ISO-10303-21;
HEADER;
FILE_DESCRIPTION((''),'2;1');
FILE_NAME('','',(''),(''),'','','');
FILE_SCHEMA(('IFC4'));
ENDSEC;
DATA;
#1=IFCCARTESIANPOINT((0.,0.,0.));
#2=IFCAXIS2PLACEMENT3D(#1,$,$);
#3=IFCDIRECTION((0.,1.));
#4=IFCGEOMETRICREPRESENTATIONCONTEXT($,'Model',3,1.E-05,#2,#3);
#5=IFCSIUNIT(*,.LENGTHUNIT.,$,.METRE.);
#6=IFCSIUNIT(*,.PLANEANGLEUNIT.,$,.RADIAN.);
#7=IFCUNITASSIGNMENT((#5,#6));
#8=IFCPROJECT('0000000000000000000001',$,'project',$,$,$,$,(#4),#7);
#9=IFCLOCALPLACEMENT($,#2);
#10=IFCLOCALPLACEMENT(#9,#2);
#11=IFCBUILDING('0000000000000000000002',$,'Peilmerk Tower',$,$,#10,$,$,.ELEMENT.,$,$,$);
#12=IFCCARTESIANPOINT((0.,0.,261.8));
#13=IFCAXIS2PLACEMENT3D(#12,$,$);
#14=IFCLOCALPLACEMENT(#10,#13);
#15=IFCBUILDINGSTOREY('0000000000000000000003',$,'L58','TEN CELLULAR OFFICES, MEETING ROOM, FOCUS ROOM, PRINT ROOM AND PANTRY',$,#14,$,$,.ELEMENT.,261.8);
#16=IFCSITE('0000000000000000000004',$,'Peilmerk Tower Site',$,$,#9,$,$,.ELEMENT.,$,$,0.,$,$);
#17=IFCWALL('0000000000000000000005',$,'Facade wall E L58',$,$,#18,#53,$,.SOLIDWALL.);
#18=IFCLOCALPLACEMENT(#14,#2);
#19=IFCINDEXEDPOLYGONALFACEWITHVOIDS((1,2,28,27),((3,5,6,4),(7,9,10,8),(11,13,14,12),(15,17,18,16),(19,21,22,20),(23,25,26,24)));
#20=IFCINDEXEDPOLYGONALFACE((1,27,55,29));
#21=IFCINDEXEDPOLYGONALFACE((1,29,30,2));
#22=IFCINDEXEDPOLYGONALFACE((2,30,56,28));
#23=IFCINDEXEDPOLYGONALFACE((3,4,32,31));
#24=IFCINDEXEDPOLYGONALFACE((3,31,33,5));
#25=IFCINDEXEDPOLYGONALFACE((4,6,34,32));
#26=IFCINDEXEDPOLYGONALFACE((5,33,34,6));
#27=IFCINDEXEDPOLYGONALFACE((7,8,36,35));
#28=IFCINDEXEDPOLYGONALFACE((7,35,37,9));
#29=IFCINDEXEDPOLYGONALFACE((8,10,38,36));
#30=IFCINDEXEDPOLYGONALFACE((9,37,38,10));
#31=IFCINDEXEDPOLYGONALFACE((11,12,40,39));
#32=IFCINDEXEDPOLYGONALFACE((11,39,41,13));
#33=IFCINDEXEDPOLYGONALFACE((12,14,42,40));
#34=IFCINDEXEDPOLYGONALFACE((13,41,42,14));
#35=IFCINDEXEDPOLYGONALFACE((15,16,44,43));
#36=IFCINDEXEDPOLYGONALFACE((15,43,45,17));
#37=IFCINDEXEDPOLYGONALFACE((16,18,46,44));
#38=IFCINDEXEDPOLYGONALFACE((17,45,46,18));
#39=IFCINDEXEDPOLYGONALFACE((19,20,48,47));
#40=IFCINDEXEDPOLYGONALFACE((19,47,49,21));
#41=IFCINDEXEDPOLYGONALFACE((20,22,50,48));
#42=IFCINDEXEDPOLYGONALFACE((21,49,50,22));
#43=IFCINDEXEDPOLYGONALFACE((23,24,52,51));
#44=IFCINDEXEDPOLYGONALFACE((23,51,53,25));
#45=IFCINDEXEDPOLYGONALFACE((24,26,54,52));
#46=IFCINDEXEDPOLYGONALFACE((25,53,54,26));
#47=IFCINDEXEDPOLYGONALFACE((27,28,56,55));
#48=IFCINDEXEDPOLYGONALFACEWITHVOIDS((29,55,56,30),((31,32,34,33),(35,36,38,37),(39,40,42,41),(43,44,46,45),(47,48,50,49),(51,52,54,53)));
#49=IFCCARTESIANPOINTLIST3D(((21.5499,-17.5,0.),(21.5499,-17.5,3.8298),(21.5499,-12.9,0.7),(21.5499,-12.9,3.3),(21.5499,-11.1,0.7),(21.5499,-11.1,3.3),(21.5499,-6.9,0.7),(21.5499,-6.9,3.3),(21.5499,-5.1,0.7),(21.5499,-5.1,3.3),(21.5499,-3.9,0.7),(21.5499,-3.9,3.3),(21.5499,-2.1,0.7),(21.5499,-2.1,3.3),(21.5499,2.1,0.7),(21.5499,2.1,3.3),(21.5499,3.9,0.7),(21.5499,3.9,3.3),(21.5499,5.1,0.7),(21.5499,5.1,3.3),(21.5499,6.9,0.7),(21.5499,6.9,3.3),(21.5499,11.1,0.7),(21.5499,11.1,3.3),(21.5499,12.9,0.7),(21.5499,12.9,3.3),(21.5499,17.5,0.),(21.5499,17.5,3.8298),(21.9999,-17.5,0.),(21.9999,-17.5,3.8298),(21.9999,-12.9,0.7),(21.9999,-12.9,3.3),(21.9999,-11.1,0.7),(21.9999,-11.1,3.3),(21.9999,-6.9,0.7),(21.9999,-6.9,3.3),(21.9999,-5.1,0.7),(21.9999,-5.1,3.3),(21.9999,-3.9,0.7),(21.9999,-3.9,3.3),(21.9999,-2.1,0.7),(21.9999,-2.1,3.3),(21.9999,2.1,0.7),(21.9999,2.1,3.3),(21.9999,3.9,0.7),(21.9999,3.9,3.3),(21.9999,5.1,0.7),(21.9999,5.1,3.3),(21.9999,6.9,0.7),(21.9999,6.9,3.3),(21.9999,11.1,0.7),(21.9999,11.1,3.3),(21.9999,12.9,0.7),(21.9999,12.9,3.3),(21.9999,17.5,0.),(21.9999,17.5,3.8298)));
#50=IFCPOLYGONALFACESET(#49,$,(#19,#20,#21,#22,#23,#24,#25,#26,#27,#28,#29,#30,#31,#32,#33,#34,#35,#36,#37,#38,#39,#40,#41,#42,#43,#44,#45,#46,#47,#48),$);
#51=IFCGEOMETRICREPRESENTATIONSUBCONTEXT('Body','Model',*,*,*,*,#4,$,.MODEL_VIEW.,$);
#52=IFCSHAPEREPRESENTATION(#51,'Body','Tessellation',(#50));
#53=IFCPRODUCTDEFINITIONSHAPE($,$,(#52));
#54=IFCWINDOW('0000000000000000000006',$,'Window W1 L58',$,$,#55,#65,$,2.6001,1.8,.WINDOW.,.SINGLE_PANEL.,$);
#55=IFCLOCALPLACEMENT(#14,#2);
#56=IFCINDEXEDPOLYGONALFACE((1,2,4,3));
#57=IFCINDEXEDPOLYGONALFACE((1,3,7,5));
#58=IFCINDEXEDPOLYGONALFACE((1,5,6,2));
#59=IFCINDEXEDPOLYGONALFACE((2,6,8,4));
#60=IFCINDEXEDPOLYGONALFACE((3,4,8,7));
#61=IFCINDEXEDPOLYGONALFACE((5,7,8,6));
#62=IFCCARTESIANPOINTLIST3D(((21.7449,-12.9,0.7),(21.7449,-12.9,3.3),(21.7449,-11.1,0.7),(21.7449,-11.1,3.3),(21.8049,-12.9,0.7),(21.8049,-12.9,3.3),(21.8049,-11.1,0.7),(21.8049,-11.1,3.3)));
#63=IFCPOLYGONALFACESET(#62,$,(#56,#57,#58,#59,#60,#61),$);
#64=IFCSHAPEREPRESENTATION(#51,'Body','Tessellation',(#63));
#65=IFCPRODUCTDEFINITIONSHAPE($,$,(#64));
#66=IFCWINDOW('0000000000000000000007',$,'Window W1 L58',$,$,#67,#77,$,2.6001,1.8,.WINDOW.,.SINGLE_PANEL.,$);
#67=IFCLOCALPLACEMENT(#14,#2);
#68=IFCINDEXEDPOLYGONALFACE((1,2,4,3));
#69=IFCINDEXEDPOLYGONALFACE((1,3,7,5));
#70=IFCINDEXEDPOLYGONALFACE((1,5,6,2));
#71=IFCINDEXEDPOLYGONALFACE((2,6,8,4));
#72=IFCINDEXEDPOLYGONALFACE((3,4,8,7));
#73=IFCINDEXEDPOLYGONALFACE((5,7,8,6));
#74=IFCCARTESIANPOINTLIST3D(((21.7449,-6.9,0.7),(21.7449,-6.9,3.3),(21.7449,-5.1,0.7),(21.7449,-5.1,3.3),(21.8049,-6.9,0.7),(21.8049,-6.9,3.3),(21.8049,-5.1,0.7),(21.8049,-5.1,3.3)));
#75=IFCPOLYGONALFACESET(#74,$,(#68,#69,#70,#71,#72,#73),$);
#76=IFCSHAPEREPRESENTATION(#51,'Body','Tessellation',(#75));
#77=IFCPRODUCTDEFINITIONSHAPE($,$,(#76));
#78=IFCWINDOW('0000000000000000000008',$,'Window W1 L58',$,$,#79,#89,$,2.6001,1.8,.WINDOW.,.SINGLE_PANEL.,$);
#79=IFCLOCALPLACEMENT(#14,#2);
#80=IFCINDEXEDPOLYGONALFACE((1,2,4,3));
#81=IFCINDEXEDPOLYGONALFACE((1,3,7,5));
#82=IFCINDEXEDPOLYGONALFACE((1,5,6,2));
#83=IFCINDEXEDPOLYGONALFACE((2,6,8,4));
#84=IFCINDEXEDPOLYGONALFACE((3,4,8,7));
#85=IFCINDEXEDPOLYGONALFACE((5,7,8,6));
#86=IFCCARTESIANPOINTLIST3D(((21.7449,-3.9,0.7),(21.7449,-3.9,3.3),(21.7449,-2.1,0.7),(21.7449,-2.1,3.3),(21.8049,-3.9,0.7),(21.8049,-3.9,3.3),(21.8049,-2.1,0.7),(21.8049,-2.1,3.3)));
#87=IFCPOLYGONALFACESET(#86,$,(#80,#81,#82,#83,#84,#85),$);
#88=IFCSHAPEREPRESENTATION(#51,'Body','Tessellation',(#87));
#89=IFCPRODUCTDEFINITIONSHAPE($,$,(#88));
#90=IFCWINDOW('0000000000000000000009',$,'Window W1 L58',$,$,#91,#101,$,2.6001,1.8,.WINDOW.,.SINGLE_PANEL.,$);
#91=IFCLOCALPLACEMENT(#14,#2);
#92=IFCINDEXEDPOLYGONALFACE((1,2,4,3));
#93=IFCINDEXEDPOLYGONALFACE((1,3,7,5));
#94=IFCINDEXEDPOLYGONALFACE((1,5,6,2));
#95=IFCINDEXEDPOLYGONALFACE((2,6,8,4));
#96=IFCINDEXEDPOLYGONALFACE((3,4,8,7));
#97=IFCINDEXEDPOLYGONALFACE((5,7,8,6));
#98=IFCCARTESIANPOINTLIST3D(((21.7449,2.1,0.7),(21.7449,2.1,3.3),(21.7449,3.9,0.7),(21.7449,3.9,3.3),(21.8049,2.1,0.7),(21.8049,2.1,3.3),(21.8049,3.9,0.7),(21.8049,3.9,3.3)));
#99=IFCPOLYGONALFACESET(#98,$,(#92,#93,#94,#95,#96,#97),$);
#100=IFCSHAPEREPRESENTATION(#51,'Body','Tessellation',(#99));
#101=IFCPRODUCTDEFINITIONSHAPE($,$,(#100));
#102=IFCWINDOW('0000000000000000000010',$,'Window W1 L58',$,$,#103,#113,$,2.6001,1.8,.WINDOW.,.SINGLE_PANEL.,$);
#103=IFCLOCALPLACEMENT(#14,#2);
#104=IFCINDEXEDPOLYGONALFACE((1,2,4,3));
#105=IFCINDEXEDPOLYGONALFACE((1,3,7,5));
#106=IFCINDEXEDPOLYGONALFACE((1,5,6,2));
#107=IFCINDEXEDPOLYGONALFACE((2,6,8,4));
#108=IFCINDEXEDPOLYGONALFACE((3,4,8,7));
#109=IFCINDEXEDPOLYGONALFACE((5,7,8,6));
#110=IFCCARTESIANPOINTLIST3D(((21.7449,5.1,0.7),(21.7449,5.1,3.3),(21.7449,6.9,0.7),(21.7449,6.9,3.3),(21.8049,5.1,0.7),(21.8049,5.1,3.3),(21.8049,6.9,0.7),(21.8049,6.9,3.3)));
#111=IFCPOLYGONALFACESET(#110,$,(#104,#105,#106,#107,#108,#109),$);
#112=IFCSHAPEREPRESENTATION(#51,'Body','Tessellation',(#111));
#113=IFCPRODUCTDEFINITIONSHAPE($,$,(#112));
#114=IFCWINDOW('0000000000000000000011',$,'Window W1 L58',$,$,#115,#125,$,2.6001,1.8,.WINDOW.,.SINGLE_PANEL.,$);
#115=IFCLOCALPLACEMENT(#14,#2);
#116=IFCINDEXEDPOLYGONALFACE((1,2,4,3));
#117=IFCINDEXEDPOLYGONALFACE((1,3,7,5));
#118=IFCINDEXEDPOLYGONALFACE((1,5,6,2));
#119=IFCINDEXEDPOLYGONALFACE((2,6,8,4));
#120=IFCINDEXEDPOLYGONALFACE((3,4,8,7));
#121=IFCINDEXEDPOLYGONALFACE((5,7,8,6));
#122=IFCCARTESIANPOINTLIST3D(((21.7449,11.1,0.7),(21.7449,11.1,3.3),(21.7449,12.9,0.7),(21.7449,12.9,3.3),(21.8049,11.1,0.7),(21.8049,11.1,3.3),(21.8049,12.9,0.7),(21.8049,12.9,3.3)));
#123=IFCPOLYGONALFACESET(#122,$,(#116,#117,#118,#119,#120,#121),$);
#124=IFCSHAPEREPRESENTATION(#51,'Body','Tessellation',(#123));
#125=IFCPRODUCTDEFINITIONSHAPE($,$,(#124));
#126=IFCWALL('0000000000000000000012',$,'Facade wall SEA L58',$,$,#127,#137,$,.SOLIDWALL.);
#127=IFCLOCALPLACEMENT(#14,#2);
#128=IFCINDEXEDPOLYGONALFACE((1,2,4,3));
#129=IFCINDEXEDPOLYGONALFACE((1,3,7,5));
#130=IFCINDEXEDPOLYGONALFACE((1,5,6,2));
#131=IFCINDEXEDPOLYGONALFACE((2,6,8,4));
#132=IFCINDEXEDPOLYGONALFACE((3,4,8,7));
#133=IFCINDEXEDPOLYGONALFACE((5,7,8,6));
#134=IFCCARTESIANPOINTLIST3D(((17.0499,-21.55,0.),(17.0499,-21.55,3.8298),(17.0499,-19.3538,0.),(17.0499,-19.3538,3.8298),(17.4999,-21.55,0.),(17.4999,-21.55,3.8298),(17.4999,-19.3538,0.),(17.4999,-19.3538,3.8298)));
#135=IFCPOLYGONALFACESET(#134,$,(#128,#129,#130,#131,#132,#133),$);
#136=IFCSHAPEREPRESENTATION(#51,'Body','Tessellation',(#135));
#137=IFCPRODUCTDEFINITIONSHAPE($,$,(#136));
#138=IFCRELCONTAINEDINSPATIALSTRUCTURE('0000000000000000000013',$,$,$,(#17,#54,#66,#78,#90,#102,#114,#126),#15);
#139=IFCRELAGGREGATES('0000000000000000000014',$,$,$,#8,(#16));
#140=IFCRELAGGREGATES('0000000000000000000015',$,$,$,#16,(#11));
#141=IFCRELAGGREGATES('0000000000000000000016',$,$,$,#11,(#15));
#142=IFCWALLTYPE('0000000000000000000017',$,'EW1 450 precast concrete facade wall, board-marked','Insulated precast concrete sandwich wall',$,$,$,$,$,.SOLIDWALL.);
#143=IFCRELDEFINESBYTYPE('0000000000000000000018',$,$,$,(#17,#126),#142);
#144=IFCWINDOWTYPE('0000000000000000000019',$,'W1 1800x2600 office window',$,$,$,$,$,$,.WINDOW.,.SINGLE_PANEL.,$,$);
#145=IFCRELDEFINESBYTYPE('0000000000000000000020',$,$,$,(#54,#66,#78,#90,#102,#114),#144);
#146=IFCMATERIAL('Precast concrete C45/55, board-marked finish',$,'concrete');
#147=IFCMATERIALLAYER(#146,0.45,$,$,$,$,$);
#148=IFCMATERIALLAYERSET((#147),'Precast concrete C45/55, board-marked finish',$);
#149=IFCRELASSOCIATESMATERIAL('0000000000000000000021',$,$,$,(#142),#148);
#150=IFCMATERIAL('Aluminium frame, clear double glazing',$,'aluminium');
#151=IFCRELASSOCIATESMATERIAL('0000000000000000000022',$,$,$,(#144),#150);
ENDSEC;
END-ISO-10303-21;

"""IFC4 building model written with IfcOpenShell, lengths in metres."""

from ifc_helpers import new_model, si_unit, direction, frame, frame_2d, origin, place, context, subcontext, project, spatial, rectangle, extrude, material, layer, layer_set, type_object, element, fill, save


model = new_model("IFC4")

# Units and contexts
model_context = context("Model", 3, precision=1e-05, world=origin(), true_north=direction((0.0, 1.0)))
body_context = subcontext(model_context, "Body", "Model", "MODEL_VIEW")
ifc_project = project(units=[si_unit("LENGTHUNIT", "METRE"), si_unit("PLANEANGLEUNIT", "RADIAN")], contexts=[model_context])

# Site, building, storey
site_placement = place(None, origin())
site = spatial("IfcSite", under=ifc_project, at=site_placement, Name="Peilmerk Tower Site", CompositionType="ELEMENT", RefElevation=0.0)
building_placement = place(site_placement, origin())
building = spatial("IfcBuilding", under=site, at=building_placement, Name="Peilmerk Tower", CompositionType="ELEMENT")
storey_placement = place(building_placement, frame((0.0, 0.0, 261.8)))
storey = spatial("IfcBuildingStorey", under=building, at=storey_placement, Name="L58", Description="TEN CELLULAR OFFICES, MEETING ROOM, FOCUS ROOM, PRINT ROOM AND PANTRY", CompositionType="ELEMENT", Elevation=261.8)

# Wall, openings, windows
ifc_material_1 = material(Name="Precast concrete C45/55, board-marked finish", Category="concrete")
ifc_layer_1 = layer(ifc_material_1, 0.45)
ifc_layer_set_1 = layer_set([ifc_layer_1], Name="Precast concrete C45/55, board-marked finish")
wall_type = type_object("IfcWallType", Name="EW1 450 precast concrete facade wall, board-marked", Description="Insulated precast concrete sandwich wall", PredefinedType="SOLIDWALL", material=ifc_layer_set_1)
wall_1_placement = place(storey_placement, frame((21.7749, -17.5, 0.0), z_axis=(0.0, 0.0, 1.0), x_axis=(0.0, 1.0, 0.0)))
wall_1 = element("IfcWall", 1, at=wall_1_placement, inside=storey, type_object=wall_type, Name="Facade wall E L58", PredefinedType="SOLIDWALL", context=body_context, shape_type="SweptSolid", body=[
    extrude(rectangle(XDim=35.0, YDim=0.45, at=frame_2d((17.5, 0.0))), origin(), (0.0, 0.0, 1.0), 3.8298),
])
opening_1_placement = place(wall_1_placement, frame((4.6001, 0.0, 0.7)))
opening_1 = element("IfcOpeningElement", 2, at=opening_1_placement, cuts=wall_1, PredefinedType="OPENING", context=body_context, shape_type="SweptSolid", body=[
    extrude(rectangle(XDim=1.8, YDim=2.6001, at=frame_2d((0.8999, 1.3))), frame((0.0, 0.2349, 0.0), z_axis=(0.0, -1.0, 0.0), x_axis=(1.0, 0.0, 0.0)), (0.0, 0.0, 1.0), 0.47),
])
opening_2_placement = place(wall_1_placement, frame((10.6001, 0.0, 0.7)))
opening_2 = element("IfcOpeningElement", 3, at=opening_2_placement, cuts=wall_1, PredefinedType="OPENING", context=body_context, shape_type="SweptSolid", body=[
    extrude(rectangle(XDim=1.8, YDim=2.6001, at=frame_2d((0.8999, 1.3))), frame((0.0, 0.2349, 0.0), z_axis=(0.0, -1.0, 0.0), x_axis=(1.0, 0.0, 0.0)), (0.0, 0.0, 1.0), 0.47),
])
opening_3_placement = place(wall_1_placement, frame((13.6001, 0.0, 0.7)))
opening_3 = element("IfcOpeningElement", 4, at=opening_3_placement, cuts=wall_1, PredefinedType="OPENING", context=body_context, shape_type="SweptSolid", body=[
    extrude(rectangle(XDim=1.8, YDim=2.6001, at=frame_2d((0.8999, 1.3))), frame((0.0, 0.2349, 0.0), z_axis=(0.0, -1.0, 0.0), x_axis=(1.0, 0.0, 0.0)), (0.0, 0.0, 1.0), 0.47),
])
opening_4_placement = place(wall_1_placement, frame((19.6001, 0.0, 0.7)))
opening_4 = element("IfcOpeningElement", 5, at=opening_4_placement, cuts=wall_1, PredefinedType="OPENING", context=body_context, shape_type="SweptSolid", body=[
    extrude(rectangle(XDim=1.8, YDim=2.6001, at=frame_2d((0.8999, 1.3))), frame((0.0, 0.2349, 0.0), z_axis=(0.0, -1.0, 0.0), x_axis=(1.0, 0.0, 0.0)), (0.0, 0.0, 1.0), 0.47),
])
opening_5_placement = place(wall_1_placement, frame((22.6001, 0.0, 0.7)))
opening_5 = element("IfcOpeningElement", 6, at=opening_5_placement, cuts=wall_1, PredefinedType="OPENING", context=body_context, shape_type="SweptSolid", body=[
    extrude(rectangle(XDim=1.8, YDim=2.6001, at=frame_2d((0.8999, 1.3))), frame((0.0, 0.2349, 0.0), z_axis=(0.0, -1.0, 0.0), x_axis=(1.0, 0.0, 0.0)), (0.0, 0.0, 1.0), 0.47),
])
opening_6_placement = place(wall_1_placement, frame((28.6001, 0.0, 0.7)))
opening_6 = element("IfcOpeningElement", 7, at=opening_6_placement, cuts=wall_1, PredefinedType="OPENING", context=body_context, shape_type="SweptSolid", body=[
    extrude(rectangle(XDim=1.8, YDim=2.6001, at=frame_2d((0.8999, 1.3))), frame((0.0, 0.2349, 0.0), z_axis=(0.0, -1.0, 0.0), x_axis=(1.0, 0.0, 0.0)), (0.0, 0.0, 1.0), 0.47),
])
ifc_material_2 = material(Name="Aluminium frame, clear double glazing", Category="aluminium")
window_type = type_object("IfcWindowType", Name="W1 1800x2600 office window", PartitioningType="SINGLE_PANEL", PredefinedType="WINDOW", material=ifc_material_2)
window_1_placement = place(opening_1_placement, origin())
window_1 = element("IfcWindow", 8, at=window_1_placement, inside=storey, type_object=window_type, Name="Window W1 L58", OverallHeight=2.6001, OverallWidth=1.8, PartitioningType="SINGLE_PANEL", PredefinedType="WINDOW", context=body_context, shape_type="SweptSolid", body=[
    extrude(rectangle(XDim=1.8, YDim=2.6001, at=frame_2d((0.8999, 1.3))), frame((0.0, 0.03, 0.0), z_axis=(0.0, -1.0, 0.0), x_axis=(1.0, 0.0, 0.0)), (0.0, 0.0, 1.0), 0.0601),
])
fill(opening_1, window_1)
window_2_placement = place(opening_2_placement, origin())
window_2 = element("IfcWindow", 9, at=window_2_placement, inside=storey, type_object=window_type, Name="Window W1 L58", OverallHeight=2.6001, OverallWidth=1.8, PartitioningType="SINGLE_PANEL", PredefinedType="WINDOW", context=body_context, shape_type="SweptSolid", body=[
    extrude(rectangle(XDim=1.8, YDim=2.6001, at=frame_2d((0.8999, 1.3))), frame((0.0, 0.03, 0.0), z_axis=(0.0, -1.0, 0.0), x_axis=(1.0, 0.0, 0.0)), (0.0, 0.0, 1.0), 0.0601),
])
fill(opening_2, window_2)
window_3_placement = place(opening_3_placement, origin())
window_3 = element("IfcWindow", 10, at=window_3_placement, inside=storey, type_object=window_type, Name="Window W1 L58", OverallHeight=2.6001, OverallWidth=1.8, PartitioningType="SINGLE_PANEL", PredefinedType="WINDOW", context=body_context, shape_type="SweptSolid", body=[
    extrude(rectangle(XDim=1.8, YDim=2.6001, at=frame_2d((0.8999, 1.3))), frame((0.0, 0.03, 0.0), z_axis=(0.0, -1.0, 0.0), x_axis=(1.0, 0.0, 0.0)), (0.0, 0.0, 1.0), 0.0601),
])
fill(opening_3, window_3)
window_4_placement = place(opening_4_placement, origin())
window_4 = element("IfcWindow", 11, at=window_4_placement, inside=storey, type_object=window_type, Name="Window W1 L58", OverallHeight=2.6001, OverallWidth=1.8, PartitioningType="SINGLE_PANEL", PredefinedType="WINDOW", context=body_context, shape_type="SweptSolid", body=[
    extrude(rectangle(XDim=1.8, YDim=2.6001, at=frame_2d((0.8999, 1.3))), frame((0.0, 0.03, 0.0), z_axis=(0.0, -1.0, 0.0), x_axis=(1.0, 0.0, 0.0)), (0.0, 0.0, 1.0), 0.0601),
])
fill(opening_4, window_4)
window_5_placement = place(opening_5_placement, origin())
window_5 = element("IfcWindow", 12, at=window_5_placement, inside=storey, type_object=window_type, Name="Window W1 L58", OverallHeight=2.6001, OverallWidth=1.8, PartitioningType="SINGLE_PANEL", PredefinedType="WINDOW", context=body_context, shape_type="SweptSolid", body=[
    extrude(rectangle(XDim=1.8, YDim=2.6001, at=frame_2d((0.8999, 1.3))), frame((0.0, 0.03, 0.0), z_axis=(0.0, -1.0, 0.0), x_axis=(1.0, 0.0, 0.0)), (0.0, 0.0, 1.0), 0.0601),
])
fill(opening_5, window_5)
window_6_placement = place(opening_6_placement, origin())
window_6 = element("IfcWindow", 13, at=window_6_placement, inside=storey, type_object=window_type, Name="Window W1 L58", OverallHeight=2.6001, OverallWidth=1.8, PartitioningType="SINGLE_PANEL", PredefinedType="WINDOW", context=body_context, shape_type="SweptSolid", body=[
    extrude(rectangle(XDim=1.8, YDim=2.6001, at=frame_2d((0.8999, 1.3))), frame((0.0, 0.03, 0.0), z_axis=(0.0, -1.0, 0.0), x_axis=(1.0, 0.0, 0.0)), (0.0, 0.0, 1.0), 0.0601),
])
fill(opening_6, window_6)

# Wall
wall_2_placement = place(storey_placement, frame((17.2749, -19.3538, 0.0), z_axis=(0.0, 0.0, 1.0), x_axis=(0.0, -1.0, 0.0)))
element("IfcWall", 14, at=wall_2_placement, inside=storey, type_object=wall_type, Name="Facade wall SEA L58", PredefinedType="SOLIDWALL", context=body_context, shape_type="SweptSolid", body=[
    extrude(rectangle(XDim=2.1963, YDim=0.45, at=frame_2d((1.0981, 0.0))), origin(), (0.0, 0.0, 1.0), 3.8298),
])

save(model, "model.ifc")
